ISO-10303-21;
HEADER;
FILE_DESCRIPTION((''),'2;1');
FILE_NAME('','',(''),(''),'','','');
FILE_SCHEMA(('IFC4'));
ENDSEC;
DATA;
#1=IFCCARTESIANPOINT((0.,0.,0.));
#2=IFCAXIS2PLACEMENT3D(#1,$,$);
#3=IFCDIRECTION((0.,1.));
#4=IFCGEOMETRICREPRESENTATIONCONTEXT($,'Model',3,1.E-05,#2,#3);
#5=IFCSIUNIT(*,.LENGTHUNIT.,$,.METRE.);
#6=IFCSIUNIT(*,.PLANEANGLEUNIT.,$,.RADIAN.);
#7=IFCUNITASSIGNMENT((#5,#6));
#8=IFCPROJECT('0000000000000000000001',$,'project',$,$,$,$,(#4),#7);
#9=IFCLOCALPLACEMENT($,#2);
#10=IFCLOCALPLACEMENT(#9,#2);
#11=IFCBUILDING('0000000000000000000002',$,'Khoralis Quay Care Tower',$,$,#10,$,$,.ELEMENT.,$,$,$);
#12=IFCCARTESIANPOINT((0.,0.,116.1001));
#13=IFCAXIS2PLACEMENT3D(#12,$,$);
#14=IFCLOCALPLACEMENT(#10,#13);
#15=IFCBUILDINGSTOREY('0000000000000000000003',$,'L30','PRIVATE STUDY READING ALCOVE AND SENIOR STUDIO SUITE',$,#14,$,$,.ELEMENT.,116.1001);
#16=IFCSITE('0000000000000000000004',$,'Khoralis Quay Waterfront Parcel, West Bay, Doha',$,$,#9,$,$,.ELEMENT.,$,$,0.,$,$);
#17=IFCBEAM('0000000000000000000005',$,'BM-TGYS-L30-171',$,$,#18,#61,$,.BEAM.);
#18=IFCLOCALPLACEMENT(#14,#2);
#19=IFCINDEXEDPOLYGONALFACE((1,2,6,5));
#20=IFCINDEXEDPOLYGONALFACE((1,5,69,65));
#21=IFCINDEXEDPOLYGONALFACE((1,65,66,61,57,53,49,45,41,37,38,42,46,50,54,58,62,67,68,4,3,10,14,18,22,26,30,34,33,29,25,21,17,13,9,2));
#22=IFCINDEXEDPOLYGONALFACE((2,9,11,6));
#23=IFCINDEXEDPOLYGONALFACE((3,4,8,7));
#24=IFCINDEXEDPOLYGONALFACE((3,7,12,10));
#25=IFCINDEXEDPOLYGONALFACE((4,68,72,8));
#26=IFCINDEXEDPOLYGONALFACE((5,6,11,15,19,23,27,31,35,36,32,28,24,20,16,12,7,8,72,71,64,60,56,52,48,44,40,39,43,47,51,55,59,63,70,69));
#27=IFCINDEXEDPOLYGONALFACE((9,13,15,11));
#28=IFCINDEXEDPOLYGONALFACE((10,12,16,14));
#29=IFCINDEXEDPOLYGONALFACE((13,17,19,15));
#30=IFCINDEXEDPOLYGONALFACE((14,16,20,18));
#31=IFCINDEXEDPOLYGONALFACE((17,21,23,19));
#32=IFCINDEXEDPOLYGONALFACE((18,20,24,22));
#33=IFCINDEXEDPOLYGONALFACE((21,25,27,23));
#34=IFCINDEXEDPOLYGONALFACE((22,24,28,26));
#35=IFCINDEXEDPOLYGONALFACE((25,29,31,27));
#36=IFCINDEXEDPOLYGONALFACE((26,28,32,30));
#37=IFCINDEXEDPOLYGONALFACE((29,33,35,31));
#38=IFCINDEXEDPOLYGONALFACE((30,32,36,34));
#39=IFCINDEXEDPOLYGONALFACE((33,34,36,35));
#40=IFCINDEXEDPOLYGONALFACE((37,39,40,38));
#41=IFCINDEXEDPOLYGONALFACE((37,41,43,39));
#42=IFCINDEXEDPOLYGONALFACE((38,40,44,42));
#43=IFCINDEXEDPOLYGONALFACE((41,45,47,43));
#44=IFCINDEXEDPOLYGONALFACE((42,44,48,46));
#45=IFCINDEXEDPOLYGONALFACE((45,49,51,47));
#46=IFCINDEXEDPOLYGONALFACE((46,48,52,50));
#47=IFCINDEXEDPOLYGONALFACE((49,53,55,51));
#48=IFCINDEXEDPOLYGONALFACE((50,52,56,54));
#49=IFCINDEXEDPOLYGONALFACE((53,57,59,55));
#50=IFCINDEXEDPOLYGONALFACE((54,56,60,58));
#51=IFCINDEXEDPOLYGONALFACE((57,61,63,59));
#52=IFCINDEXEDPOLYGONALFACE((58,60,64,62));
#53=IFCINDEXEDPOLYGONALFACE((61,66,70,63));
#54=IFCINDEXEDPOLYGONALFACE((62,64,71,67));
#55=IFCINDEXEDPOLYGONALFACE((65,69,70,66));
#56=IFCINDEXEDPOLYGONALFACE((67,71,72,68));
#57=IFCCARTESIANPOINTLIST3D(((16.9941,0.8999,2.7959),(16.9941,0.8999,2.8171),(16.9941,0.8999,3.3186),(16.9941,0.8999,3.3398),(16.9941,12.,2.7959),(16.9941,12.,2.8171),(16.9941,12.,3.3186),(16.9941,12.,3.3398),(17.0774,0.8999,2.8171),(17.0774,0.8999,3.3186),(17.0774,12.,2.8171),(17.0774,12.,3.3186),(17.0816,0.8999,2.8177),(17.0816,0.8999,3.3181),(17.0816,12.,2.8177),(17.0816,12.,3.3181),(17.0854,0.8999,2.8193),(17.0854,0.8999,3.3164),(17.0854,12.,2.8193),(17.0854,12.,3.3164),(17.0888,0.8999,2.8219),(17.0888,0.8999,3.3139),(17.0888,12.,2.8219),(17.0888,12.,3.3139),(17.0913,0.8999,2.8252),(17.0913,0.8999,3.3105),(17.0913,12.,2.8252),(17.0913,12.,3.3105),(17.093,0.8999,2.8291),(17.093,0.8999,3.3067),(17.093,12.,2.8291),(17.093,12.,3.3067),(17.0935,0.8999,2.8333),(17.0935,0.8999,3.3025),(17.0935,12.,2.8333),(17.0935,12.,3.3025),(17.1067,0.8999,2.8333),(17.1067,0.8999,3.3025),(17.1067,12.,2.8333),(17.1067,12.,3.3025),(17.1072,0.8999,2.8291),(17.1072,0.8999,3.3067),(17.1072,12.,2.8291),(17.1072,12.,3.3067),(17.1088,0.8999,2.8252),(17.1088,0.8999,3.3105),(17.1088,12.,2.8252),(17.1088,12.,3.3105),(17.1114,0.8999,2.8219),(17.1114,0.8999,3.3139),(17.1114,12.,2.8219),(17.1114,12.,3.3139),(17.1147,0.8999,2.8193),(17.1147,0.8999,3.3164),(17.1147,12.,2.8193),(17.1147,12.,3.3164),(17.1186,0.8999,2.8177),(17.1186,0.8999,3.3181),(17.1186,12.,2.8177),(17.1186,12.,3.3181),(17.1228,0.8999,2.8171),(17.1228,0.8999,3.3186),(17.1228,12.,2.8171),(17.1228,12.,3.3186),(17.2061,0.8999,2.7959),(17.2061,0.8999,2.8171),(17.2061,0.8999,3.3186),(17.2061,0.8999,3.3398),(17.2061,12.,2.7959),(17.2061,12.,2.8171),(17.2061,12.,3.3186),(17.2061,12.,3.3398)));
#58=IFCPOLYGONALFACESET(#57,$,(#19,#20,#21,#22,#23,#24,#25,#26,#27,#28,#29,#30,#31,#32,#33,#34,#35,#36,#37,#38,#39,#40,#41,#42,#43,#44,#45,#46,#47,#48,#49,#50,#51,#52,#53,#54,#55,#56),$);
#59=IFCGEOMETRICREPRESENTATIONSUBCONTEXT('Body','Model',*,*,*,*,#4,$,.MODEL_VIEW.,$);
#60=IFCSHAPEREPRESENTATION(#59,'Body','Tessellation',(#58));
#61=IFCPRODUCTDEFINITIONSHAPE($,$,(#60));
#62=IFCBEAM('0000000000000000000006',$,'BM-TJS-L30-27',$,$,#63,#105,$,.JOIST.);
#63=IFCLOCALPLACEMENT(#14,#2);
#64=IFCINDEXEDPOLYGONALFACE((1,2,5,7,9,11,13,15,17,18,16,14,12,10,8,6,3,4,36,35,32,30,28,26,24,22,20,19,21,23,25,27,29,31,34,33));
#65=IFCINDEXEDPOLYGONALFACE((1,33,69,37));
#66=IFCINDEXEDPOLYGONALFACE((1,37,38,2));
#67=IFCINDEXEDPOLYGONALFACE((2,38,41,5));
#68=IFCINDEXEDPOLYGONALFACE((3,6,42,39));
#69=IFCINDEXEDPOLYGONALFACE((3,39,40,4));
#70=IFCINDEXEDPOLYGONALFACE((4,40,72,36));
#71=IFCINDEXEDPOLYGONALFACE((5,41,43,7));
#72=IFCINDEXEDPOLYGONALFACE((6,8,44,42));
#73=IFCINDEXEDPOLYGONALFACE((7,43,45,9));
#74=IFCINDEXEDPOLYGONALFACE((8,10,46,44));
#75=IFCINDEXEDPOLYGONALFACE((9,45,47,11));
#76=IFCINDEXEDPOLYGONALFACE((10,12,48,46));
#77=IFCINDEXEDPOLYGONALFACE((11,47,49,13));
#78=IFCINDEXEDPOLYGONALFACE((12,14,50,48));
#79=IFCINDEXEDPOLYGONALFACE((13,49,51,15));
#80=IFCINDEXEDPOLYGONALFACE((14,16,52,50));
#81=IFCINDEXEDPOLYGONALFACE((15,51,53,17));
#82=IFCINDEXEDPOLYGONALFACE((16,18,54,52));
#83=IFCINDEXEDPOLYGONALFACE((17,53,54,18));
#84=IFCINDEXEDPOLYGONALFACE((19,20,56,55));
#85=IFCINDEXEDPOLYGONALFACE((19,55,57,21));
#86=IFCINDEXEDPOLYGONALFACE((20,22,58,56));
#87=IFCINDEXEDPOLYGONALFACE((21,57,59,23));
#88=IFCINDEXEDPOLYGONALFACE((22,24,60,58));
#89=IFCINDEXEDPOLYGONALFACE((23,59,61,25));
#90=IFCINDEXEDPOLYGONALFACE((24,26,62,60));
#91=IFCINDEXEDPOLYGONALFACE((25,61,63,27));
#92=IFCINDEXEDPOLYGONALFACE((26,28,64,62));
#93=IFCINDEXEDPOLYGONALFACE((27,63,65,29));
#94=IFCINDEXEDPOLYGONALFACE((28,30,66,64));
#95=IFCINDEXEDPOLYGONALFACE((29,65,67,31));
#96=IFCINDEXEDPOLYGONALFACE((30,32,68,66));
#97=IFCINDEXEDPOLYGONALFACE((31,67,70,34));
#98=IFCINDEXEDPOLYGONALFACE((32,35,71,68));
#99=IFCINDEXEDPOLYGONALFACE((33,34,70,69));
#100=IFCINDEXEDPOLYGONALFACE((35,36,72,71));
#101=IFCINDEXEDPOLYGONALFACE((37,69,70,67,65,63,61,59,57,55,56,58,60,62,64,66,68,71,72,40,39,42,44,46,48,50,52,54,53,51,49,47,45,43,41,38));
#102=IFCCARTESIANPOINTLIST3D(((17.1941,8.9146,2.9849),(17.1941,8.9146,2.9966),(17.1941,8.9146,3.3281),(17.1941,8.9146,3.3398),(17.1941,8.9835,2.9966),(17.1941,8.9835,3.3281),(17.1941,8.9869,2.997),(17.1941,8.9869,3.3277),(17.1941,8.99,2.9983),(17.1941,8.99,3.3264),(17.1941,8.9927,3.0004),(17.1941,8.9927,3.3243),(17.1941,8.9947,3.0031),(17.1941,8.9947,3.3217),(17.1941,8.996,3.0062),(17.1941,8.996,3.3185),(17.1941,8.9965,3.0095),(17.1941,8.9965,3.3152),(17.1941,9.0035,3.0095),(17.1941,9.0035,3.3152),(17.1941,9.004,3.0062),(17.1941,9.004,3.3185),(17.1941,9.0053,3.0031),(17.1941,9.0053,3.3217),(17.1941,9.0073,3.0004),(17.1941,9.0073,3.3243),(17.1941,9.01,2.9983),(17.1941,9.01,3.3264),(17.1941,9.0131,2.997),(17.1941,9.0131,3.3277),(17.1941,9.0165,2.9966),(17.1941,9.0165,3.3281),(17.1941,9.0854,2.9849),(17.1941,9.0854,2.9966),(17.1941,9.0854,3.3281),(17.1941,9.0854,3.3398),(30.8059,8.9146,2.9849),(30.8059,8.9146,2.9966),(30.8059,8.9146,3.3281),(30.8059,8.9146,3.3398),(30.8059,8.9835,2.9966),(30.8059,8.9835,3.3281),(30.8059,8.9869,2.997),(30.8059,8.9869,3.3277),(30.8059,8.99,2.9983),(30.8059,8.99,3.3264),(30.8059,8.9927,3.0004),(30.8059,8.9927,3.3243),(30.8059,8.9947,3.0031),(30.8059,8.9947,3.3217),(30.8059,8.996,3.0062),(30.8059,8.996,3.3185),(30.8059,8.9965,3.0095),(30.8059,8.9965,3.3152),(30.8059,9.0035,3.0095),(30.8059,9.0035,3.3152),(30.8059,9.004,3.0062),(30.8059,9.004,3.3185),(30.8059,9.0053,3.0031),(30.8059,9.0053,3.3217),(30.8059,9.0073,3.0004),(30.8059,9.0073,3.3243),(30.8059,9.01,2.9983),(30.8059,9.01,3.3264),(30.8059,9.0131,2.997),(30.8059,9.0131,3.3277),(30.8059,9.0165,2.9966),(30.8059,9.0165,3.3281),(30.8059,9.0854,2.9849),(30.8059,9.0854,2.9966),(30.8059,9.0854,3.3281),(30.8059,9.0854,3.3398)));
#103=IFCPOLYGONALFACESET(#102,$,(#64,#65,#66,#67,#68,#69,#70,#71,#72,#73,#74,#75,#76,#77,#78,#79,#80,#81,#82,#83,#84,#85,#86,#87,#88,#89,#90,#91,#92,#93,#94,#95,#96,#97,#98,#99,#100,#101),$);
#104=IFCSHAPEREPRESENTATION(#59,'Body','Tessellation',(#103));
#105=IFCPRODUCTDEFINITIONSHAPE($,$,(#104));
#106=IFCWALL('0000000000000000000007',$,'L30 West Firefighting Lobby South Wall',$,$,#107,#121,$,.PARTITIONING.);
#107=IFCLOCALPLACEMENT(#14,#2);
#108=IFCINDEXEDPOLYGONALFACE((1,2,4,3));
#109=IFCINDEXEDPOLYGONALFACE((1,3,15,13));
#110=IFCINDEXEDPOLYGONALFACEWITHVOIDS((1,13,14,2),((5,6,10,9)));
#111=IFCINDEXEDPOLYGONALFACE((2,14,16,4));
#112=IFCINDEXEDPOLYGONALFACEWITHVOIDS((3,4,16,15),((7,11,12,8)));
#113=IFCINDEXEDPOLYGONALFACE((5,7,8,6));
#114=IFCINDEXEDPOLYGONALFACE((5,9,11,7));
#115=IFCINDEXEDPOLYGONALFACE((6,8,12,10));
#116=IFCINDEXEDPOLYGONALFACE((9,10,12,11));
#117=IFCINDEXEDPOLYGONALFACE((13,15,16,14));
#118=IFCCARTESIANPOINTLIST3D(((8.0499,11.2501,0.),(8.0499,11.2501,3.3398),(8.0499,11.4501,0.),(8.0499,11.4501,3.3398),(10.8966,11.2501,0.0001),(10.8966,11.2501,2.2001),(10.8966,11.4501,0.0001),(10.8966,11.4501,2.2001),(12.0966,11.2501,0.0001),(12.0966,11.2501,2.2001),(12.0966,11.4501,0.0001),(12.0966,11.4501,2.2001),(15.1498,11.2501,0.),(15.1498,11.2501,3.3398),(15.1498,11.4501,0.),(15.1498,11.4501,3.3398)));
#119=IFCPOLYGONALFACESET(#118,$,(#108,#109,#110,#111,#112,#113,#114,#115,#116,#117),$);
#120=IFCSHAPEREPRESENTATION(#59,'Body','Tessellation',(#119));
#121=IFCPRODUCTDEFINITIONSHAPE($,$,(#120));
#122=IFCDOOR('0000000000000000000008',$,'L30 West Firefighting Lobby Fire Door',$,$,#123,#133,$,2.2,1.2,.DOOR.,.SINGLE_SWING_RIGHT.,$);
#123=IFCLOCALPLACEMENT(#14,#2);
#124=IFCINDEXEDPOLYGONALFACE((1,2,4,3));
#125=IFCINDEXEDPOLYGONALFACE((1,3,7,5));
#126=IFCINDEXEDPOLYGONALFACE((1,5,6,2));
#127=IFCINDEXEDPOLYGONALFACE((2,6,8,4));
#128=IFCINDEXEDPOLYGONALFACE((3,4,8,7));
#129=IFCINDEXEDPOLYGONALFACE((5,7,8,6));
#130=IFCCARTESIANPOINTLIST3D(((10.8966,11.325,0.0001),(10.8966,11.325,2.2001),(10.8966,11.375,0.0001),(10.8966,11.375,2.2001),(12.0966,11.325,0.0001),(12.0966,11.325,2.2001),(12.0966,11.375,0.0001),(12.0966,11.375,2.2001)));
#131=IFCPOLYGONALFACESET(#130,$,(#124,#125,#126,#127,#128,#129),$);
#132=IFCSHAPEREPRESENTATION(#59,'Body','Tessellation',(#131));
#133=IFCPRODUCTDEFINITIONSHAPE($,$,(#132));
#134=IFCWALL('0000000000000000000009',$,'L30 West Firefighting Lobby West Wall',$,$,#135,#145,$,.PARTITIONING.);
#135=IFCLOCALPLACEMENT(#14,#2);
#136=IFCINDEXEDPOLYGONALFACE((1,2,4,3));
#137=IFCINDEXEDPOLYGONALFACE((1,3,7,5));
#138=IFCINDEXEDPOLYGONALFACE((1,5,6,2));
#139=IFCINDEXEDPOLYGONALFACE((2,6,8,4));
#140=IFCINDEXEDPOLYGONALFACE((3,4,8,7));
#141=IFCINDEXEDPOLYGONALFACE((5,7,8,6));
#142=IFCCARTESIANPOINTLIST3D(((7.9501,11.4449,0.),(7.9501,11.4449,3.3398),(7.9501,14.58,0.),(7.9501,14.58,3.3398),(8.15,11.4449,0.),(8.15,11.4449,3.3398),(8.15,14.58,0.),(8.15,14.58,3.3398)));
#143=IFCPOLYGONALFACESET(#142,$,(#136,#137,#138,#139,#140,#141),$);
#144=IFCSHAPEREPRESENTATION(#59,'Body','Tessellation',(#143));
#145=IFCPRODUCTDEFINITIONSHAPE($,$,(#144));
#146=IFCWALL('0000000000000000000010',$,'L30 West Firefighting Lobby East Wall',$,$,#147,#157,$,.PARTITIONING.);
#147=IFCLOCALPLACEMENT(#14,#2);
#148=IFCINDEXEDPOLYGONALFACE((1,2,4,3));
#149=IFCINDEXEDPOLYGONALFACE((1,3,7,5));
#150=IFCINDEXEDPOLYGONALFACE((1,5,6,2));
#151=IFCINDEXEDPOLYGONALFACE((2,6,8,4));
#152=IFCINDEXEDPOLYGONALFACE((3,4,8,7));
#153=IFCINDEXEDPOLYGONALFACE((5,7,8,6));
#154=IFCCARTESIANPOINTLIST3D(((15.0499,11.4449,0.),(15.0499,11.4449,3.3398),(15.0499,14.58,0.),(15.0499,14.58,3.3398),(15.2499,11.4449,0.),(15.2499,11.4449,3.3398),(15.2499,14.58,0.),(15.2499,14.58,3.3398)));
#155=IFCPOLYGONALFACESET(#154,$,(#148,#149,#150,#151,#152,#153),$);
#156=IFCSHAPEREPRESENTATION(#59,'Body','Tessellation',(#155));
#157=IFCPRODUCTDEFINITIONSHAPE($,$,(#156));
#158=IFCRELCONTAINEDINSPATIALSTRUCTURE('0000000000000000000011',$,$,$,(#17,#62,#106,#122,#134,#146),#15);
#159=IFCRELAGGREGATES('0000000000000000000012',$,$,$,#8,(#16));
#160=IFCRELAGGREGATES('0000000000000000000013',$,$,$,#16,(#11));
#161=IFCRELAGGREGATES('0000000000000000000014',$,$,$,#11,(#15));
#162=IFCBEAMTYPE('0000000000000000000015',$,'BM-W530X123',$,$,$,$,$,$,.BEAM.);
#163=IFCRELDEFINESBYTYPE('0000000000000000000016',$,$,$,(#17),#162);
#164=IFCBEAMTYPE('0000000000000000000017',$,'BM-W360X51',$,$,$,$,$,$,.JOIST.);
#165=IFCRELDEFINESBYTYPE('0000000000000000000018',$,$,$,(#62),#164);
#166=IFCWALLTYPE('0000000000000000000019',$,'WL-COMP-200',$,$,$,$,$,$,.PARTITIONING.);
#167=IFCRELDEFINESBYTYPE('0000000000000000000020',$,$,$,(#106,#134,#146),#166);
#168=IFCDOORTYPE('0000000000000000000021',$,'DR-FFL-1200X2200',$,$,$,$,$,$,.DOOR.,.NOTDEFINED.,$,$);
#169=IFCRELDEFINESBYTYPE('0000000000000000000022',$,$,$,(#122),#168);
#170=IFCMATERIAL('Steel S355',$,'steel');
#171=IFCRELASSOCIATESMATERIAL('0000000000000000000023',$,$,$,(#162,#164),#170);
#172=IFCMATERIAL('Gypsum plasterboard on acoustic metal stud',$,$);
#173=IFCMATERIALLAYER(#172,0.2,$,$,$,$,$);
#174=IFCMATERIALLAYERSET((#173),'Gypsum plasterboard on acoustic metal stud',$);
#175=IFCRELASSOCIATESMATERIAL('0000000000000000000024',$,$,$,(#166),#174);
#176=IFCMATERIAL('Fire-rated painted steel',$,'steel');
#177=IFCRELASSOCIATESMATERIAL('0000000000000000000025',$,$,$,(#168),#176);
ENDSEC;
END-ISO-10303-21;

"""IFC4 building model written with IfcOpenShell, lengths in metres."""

from ifc_helpers import new_model, si_unit, direction, frame, frame_2d, origin, origin_2d, place, context, subcontext, project, spatial, rectangle, i_section, extrude, source, transform, mapped, material, layer, layer_set, material_profile, profile_set, type_object, element, fill, save


model = new_model("IFC4")

# Units and contexts
model_context = context("Model", 3, precision=1e-05, world=origin(), true_north=direction((0.0, 1.0)))
body_context = subcontext(model_context, "Body", "Model", "MODEL_VIEW")
ifc_project = project(units=[si_unit("LENGTHUNIT", "METRE"), si_unit("PLANEANGLEUNIT", "RADIAN")], contexts=[model_context])

# Site, building, storey
site_placement = place(None, origin())
site = spatial("IfcSite", under=ifc_project, at=site_placement, Name="Khoralis Quay Waterfront Parcel, West Bay, Doha", CompositionType="ELEMENT", RefElevation=0.0)
building_placement = place(site_placement, origin())
building = spatial("IfcBuilding", under=site, at=building_placement, Name="Khoralis Quay Care Tower", CompositionType="ELEMENT")
storey_placement = place(building_placement, frame((0.0, 0.0, 116.1001)))
storey = spatial("IfcBuildingStorey", under=building, at=storey_placement, Name="L30", Description="PRIVATE STUDY READING ALCOVE AND SENIOR STUDIO SUITE", CompositionType="ELEMENT", Elevation=116.1001)

# Beams
ifc_material_1 = material(Name="Steel S355", Category="steel")
ifc_material_profile_1 = material_profile(ifc_material_1, i_section(OverallWidth=0.2119, OverallDepth=0.5439, WebThickness=0.0132, FlangeThickness=0.0212, FilletRadius=0.0161, at=origin_2d()), Name="Steel S355")
ifc_profile_set_1 = profile_set([ifc_material_profile_1], Name="Steel S355")
beam_type_1 = type_object("IfcBeamType", Name="BM-W530X123", PredefinedType="BEAM", material=ifc_profile_set_1)
shared_shape_1 = source(origin(), body_context, "Body", "SweptSolid", [
    extrude(i_section(OverallWidth=0.2119, OverallDepth=0.5439, WebThickness=0.0132, FlangeThickness=0.0212, FilletRadius=0.0161, at=origin_2d()), origin(), (0.0, 0.0, 1.0), 11.1001),
])
beam_1_placement = place(storey_placement, frame((17.1001, 0.8999, 3.0679), z_axis=(0.0, 1.0, 0.0), x_axis=(-1.0, 0.0, 0.0)))
element("IfcBeam", 1, at=beam_1_placement, inside=storey, type_object=beam_type_1, Name="BM-TGYS-L30-171", PredefinedType="BEAM", context=body_context, shape_type="MappedRepresentation", body=[
    mapped(shared_shape_1, transform((0.0, 0.0, 0.0), scale=1.0)),
])
ifc_material_profile_2 = material_profile(ifc_material_1, i_section(OverallWidth=0.1709, OverallDepth=0.355, WebThickness=0.0071, FlangeThickness=0.0117, FilletRadius=0.0129, at=origin_2d()), Name="Steel S355")
ifc_profile_set_2 = profile_set([ifc_material_profile_2], Name="Steel S355")
beam_type_2 = type_object("IfcBeamType", Name="BM-W360X51", PredefinedType="JOIST", material=ifc_profile_set_2)
shared_shape_2 = source(origin(), body_context, "Body", "SweptSolid", [
    extrude(i_section(OverallWidth=0.1709, OverallDepth=0.355, WebThickness=0.0071, FlangeThickness=0.0117, FilletRadius=0.0129, at=origin_2d()), origin(), (0.0, 0.0, 1.0), 13.6118),
])
beam_2_placement = place(storey_placement, frame((17.1941, 9.0, 3.1624), z_axis=(1.0, 0.0, 0.0), x_axis=(0.0, 1.0, 0.0)))
element("IfcBeam", 2, at=beam_2_placement, inside=storey, type_object=beam_type_2, Name="BM-TJS-L30-27", PredefinedType="JOIST", context=body_context, shape_type="MappedRepresentation", body=[
    mapped(shared_shape_2, transform((0.0, 0.0, 0.0), scale=1.0)),
])

# Wall, opening, door
ifc_material_2 = material(Name="Gypsum plasterboard on acoustic metal stud")
ifc_layer_1 = layer(ifc_material_2, 0.2)
ifc_layer_set_1 = layer_set([ifc_layer_1], Name="Gypsum plasterboard on acoustic metal stud")
wall_type_1 = type_object("IfcWallType", Name="WL-COMP-200", PredefinedType="PARTITIONING", material=ifc_layer_set_1)
wall_1_placement = place(storey_placement, frame((8.05, 11.3501, 0.0), z_axis=(0.0, 0.0, 1.0), x_axis=(1.0, 0.0, 0.0)))
wall_1 = element("IfcWall", 3, at=wall_1_placement, inside=storey, type_object=wall_type_1, Name="L30 West Firefighting Lobby South Wall", PredefinedType="PARTITIONING", context=body_context, shape_type="SweptSolid", body=[
    extrude(rectangle(XDim=7.0999, YDim=0.2, at=frame_2d((3.5498, 0.0))), origin(), (0.0, 0.0, 1.0), 3.3398),
])
opening_1_placement = place(wall_1_placement, frame((2.8464, 0.0, 0.0)))
opening_1 = element("IfcOpeningElement", 4, at=opening_1_placement, cuts=wall_1, PredefinedType="OPENING", context=body_context, shape_type="SweptSolid", body=[
    extrude(rectangle(XDim=1.2, YDim=2.2, at=frame_2d((0.6001, 1.1001))), frame((0.0, 0.1099, 0.0), z_axis=(0.0, -1.0, 0.0), x_axis=(1.0, 0.0, 0.0)), (0.0, 0.0, 1.0), 0.22),
])
ifc_material_3 = material(Name="Fire-rated painted steel", Category="steel")
door_type_1 = type_object("IfcDoorType", Name="DR-FFL-1200X2200", OperationType="NOTDEFINED", PredefinedType="DOOR", material=ifc_material_3)
shared_shape_3 = source(origin(), body_context, "Body", "SweptSolid", [
    extrude(rectangle(XDim=1.2, YDim=2.2, at=frame_2d((0.6001, 1.1001))), frame((0.0, 0.0249, 0.0), z_axis=(0.0, -1.0, 0.0), x_axis=(1.0, 0.0, 0.0)), (0.0, 0.0, 1.0), 0.05),
])
door_1_placement = place(opening_1_placement, origin())
door_1 = element("IfcDoor", 5, at=door_1_placement, inside=storey, type_object=door_type_1, Name="L30 West Firefighting Lobby Fire Door", OperationType="SINGLE_SWING_RIGHT", OverallHeight=2.2, OverallWidth=1.2, PredefinedType="DOOR", context=body_context, shape_type="MappedRepresentation", body=[
    mapped(shared_shape_3, transform((0.0, 0.0, 0.0), scale=1.0)),
])
fill(opening_1, door_1)

# Walls
for number, where, z_axis, x_axis, name in (
    (6, (8.05, 11.4451, 0.0), (0.0, 0.0, 1.0), (0.0, 1.0, 0.0), "L30 West Firefighting Lobby West Wall"),
    (7, (15.1499, 11.4451, 0.0), (0.0, 0.0, 1.0), (0.0, 1.0, 0.0), "L30 West Firefighting Lobby East Wall"),
):
    element("IfcWall", number, at=place(storey_placement, frame(where, z_axis=z_axis, x_axis=x_axis)), inside=storey, type_object=wall_type_1, Name=name, PredefinedType="PARTITIONING", context=body_context, shape_type="SweptSolid", body=[
        extrude(rectangle(XDim=3.135, YDim=0.2, at=frame_2d((1.5674, 0.0))), origin(), (0.0, 0.0, 1.0), 3.3398),
    ])

save(model, "model.ifc")
